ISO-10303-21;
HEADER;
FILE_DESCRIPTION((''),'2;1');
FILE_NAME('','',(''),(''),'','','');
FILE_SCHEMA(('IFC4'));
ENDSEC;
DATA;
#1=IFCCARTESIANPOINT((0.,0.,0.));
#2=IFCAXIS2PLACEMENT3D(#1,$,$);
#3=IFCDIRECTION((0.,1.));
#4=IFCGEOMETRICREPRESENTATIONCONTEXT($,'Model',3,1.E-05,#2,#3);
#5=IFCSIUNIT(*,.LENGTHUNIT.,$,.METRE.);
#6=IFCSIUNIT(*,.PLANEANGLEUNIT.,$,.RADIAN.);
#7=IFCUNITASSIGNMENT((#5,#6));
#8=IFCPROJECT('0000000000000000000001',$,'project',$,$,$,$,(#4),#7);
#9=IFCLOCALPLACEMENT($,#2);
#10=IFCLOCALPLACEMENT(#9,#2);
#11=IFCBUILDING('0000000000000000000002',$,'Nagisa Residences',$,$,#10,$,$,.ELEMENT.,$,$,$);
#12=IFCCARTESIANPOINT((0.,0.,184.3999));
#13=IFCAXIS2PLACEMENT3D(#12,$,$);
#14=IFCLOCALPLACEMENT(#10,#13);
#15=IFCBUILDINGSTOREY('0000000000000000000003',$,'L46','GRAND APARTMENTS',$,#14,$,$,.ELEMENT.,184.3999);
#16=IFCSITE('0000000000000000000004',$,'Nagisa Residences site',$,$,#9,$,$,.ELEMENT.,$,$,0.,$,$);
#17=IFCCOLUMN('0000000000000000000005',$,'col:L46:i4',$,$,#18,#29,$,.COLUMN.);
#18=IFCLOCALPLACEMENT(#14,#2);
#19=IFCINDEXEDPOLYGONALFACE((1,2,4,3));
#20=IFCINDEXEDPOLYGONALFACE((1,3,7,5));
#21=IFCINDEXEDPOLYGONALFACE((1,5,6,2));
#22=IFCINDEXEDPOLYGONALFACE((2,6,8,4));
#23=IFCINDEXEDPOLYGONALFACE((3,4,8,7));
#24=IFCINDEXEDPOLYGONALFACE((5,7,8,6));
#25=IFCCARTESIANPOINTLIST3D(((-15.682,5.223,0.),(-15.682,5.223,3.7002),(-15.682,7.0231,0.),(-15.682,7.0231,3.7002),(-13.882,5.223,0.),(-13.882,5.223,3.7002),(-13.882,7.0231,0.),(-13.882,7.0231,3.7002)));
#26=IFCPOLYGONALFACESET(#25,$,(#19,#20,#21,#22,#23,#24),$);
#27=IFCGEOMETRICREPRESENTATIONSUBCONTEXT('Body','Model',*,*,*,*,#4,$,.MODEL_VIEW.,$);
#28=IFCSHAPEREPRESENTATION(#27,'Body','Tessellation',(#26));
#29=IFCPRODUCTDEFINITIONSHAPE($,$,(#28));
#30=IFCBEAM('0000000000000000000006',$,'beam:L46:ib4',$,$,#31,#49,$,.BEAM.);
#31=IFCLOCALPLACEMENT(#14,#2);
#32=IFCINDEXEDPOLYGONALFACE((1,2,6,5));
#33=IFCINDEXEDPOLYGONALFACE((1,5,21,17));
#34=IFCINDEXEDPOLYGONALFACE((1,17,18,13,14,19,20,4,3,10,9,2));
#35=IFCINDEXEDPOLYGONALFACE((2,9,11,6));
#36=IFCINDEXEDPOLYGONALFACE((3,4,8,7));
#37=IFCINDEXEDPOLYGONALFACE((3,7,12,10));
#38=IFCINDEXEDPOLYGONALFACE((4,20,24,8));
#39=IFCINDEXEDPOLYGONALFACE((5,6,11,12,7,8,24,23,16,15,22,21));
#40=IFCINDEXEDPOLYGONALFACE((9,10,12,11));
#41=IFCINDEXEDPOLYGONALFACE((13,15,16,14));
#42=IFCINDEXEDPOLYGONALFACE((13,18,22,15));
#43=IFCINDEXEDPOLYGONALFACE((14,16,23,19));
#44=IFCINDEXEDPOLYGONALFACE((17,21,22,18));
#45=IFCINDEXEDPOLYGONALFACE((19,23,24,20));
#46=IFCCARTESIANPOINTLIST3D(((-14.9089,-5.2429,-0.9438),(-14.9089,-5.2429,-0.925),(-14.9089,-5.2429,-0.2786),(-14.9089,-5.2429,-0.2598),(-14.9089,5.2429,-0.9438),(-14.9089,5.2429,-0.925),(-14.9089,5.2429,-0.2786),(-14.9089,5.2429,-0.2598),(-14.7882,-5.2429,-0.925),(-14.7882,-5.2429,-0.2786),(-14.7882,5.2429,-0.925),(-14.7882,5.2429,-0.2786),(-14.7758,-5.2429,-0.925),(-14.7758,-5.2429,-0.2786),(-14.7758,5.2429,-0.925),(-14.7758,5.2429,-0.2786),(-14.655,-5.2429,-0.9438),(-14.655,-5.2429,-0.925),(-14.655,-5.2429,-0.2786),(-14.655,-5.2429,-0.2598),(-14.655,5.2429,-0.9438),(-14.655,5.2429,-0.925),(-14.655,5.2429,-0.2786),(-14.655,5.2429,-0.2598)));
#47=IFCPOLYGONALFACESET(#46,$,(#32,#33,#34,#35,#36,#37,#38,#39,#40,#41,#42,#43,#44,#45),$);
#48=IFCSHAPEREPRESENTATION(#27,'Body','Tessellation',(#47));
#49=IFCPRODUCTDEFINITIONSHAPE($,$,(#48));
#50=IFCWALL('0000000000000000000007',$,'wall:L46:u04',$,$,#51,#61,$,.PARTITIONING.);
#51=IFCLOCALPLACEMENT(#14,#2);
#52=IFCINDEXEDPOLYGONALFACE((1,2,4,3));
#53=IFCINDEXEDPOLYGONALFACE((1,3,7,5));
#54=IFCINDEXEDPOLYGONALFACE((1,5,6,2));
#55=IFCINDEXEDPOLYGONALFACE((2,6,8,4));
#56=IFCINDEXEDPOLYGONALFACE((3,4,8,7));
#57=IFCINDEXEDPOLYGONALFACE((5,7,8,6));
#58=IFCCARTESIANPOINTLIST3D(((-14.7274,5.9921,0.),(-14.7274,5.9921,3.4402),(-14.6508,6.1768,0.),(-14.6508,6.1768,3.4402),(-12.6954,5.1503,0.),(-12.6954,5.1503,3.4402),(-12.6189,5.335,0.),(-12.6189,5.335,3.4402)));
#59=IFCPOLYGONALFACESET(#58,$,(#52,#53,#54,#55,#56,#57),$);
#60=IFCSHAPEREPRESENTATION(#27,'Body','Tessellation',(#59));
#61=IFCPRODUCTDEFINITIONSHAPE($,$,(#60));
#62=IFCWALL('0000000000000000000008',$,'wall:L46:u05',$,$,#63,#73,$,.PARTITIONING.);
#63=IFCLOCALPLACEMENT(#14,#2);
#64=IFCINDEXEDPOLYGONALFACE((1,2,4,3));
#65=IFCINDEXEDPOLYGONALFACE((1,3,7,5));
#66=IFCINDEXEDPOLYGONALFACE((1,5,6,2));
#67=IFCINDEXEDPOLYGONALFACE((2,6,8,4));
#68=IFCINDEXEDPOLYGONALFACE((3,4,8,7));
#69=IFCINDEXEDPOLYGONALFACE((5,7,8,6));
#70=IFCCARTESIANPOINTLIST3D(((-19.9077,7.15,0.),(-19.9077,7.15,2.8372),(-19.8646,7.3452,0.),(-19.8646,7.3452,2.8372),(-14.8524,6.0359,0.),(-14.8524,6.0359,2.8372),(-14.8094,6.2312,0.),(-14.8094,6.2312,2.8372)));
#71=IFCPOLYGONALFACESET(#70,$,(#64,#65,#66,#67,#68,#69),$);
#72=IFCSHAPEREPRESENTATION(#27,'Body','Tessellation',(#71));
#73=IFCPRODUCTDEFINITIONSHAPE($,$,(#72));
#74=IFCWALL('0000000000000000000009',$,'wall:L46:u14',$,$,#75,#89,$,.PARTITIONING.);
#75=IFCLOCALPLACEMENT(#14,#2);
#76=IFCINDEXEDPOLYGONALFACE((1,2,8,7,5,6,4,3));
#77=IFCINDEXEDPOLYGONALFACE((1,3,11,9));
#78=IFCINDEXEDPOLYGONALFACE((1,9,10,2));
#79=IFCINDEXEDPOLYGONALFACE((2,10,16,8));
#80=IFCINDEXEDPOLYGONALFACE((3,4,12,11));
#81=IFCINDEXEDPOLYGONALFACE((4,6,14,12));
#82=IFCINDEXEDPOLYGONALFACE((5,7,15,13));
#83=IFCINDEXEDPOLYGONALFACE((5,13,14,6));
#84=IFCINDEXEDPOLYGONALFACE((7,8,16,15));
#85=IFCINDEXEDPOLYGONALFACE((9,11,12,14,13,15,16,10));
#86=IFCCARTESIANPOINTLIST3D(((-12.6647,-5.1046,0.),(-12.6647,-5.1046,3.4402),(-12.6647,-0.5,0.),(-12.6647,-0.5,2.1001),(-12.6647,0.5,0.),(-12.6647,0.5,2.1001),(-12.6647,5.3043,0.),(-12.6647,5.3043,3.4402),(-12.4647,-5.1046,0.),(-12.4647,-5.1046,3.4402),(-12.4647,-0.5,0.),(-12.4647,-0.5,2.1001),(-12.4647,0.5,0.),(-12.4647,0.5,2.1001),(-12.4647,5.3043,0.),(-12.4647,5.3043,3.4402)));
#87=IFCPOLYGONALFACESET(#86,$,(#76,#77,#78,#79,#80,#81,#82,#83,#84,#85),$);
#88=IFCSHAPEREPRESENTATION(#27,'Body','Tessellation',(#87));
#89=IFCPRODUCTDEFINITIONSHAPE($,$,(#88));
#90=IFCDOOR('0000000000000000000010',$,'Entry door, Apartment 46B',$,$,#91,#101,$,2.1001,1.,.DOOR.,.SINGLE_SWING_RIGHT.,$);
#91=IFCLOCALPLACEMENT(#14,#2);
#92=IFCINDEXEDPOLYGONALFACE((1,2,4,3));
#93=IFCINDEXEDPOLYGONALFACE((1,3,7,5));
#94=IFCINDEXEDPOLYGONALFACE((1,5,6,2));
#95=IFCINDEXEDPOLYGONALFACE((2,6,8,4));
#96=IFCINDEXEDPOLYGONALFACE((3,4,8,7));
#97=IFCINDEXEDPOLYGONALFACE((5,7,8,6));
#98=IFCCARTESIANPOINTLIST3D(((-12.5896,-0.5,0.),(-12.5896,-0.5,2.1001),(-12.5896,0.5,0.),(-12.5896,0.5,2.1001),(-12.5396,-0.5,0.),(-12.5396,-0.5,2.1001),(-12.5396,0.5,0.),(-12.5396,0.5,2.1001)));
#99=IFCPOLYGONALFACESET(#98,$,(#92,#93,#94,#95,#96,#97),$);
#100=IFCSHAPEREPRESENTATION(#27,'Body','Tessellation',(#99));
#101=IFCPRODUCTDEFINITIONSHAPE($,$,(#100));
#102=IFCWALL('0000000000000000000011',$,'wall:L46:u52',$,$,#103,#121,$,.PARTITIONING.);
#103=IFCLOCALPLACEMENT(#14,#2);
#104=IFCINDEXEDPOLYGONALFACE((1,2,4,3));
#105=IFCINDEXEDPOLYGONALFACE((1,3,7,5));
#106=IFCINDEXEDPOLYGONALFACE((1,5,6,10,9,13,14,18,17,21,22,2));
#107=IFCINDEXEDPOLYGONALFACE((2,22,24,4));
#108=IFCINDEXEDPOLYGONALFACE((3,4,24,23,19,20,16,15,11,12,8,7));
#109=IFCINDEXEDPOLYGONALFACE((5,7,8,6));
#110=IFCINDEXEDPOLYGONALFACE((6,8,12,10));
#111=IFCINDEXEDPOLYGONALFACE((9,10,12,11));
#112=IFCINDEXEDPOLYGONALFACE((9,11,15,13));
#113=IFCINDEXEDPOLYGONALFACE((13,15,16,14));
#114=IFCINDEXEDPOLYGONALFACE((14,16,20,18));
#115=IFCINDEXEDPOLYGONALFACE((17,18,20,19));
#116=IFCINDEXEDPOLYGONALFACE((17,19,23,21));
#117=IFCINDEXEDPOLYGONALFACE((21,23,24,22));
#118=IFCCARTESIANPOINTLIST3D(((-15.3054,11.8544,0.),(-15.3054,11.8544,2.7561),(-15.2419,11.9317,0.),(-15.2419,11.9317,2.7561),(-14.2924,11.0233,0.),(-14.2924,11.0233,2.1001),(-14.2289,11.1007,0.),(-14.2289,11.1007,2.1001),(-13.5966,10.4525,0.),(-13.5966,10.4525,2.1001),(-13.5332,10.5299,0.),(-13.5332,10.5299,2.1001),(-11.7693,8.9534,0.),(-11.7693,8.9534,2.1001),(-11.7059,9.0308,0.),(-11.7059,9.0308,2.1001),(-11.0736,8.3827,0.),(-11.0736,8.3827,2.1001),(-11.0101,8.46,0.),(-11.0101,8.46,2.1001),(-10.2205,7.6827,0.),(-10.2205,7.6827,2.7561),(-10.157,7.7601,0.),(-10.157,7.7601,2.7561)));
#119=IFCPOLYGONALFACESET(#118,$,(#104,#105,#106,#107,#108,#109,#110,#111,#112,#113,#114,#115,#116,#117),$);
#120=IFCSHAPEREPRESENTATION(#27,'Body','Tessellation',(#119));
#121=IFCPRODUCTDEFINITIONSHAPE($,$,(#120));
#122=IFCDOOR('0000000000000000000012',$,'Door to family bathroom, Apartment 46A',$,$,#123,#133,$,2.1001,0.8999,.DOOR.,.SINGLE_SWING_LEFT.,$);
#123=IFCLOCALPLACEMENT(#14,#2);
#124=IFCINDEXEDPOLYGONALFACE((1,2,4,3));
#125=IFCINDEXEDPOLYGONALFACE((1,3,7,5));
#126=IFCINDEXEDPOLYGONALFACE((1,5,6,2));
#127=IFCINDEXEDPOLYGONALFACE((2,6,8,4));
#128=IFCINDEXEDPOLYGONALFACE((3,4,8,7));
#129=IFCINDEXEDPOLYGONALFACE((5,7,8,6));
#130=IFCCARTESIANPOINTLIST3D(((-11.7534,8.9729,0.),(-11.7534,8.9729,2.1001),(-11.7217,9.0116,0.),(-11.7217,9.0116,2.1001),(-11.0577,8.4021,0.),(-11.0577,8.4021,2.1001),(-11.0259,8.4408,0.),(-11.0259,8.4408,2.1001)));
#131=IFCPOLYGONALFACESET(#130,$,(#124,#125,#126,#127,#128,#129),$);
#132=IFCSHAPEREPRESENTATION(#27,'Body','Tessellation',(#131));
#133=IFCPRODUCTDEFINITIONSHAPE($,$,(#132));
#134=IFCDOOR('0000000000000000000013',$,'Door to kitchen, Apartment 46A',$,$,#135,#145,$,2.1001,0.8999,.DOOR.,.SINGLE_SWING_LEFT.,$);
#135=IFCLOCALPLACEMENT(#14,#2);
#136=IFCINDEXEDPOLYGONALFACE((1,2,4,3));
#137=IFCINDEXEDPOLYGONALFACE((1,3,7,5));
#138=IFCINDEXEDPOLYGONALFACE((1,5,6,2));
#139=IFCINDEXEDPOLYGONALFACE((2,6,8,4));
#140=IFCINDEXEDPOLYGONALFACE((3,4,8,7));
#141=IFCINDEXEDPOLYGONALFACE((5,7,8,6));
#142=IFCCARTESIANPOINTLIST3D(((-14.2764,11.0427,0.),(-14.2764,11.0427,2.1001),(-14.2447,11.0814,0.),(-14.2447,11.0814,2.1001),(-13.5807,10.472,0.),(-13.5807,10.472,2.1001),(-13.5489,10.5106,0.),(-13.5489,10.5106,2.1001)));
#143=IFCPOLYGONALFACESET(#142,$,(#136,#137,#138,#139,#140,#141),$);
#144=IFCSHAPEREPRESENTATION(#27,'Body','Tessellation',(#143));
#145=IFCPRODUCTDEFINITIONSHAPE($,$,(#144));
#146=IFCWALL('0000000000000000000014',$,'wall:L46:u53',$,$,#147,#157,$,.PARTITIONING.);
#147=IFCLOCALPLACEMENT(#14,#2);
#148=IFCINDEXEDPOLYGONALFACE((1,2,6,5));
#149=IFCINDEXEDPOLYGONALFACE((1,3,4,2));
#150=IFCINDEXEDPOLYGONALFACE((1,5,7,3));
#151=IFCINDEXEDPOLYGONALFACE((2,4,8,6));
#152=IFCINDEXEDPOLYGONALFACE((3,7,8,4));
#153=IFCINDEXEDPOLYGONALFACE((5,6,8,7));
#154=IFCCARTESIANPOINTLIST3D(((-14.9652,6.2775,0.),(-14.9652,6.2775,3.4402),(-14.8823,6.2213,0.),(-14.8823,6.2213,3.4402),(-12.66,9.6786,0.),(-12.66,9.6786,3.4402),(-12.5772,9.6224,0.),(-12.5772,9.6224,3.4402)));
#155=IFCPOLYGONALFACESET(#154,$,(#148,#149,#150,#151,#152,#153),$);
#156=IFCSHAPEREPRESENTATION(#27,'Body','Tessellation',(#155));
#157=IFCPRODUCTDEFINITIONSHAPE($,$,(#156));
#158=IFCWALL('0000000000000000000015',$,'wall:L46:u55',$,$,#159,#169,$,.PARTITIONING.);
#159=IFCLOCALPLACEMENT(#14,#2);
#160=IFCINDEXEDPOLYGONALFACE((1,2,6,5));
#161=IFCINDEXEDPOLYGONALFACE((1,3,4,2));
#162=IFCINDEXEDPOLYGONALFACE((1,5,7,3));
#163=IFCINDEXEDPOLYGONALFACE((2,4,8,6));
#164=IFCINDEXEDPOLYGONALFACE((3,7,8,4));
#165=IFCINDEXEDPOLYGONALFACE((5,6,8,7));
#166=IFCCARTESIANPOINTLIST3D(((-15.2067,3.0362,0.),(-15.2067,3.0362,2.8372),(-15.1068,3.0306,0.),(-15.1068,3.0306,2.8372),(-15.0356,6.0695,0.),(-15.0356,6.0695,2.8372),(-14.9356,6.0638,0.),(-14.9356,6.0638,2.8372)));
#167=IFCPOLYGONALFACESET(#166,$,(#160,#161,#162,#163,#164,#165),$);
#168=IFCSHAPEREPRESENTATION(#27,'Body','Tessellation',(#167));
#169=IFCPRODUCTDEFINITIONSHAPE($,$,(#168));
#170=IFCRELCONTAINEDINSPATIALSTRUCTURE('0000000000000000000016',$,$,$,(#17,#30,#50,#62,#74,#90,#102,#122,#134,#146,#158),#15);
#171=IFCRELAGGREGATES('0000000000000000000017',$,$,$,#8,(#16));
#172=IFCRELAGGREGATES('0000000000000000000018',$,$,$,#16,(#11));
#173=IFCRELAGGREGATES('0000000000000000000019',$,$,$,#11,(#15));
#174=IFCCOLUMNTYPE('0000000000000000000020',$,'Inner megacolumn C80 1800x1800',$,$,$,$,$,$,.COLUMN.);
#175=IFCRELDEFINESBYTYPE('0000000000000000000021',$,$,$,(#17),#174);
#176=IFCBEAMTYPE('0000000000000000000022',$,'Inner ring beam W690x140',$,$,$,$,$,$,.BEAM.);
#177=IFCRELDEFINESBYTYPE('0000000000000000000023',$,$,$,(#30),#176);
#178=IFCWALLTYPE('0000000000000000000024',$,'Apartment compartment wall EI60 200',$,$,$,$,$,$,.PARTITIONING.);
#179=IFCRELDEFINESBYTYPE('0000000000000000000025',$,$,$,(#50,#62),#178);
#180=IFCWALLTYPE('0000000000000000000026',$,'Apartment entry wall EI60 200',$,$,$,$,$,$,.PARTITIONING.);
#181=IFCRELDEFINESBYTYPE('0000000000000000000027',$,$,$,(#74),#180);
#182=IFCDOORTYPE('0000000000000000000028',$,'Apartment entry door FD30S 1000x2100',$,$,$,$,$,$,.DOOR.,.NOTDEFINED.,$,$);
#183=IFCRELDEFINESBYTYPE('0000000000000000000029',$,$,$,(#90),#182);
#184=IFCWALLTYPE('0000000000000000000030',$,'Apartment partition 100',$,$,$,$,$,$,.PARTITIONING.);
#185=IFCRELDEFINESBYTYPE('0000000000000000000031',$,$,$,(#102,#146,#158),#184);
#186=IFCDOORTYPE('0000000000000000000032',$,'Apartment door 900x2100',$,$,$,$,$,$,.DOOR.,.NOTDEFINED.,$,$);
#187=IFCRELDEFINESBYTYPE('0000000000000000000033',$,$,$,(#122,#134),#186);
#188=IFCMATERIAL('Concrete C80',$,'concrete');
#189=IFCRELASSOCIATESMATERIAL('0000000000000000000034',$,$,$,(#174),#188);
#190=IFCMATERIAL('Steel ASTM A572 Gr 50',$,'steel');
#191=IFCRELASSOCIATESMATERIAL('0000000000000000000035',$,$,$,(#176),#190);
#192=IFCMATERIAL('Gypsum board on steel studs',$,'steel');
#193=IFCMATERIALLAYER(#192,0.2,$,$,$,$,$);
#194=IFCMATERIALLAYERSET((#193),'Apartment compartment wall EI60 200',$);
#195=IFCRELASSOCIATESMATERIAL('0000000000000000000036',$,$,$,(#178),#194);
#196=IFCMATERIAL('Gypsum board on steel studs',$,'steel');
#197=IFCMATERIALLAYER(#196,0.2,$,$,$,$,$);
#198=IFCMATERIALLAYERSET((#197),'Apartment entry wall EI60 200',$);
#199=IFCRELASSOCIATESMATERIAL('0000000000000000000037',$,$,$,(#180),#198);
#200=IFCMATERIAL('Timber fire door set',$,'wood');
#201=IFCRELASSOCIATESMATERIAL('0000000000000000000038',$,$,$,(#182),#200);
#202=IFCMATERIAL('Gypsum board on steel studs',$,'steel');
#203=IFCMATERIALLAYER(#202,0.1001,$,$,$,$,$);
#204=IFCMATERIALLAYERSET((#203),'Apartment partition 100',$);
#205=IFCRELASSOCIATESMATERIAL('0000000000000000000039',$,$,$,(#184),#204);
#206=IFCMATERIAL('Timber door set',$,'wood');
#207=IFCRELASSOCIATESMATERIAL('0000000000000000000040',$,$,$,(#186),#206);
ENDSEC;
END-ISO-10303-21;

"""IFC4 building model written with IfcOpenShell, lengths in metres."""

from ifc_helpers import new_model, si_unit, direction, frame, frame_2d, origin, origin_2d, place, context, subcontext, project, spatial, rectangle, i_section, extrude, material, layer, layer_set, material_profile, profile_set, type_object, element, fill, save


model = new_model("IFC4")

# Units and contexts
model_context = context("Model", 3, precision=1e-05, world=origin(), true_north=direction((0.0, 1.0)))
body_context = subcontext(model_context, "Body", "Model", "MODEL_VIEW")
ifc_project = project(units=[si_unit("LENGTHUNIT", "METRE"), si_unit("PLANEANGLEUNIT", "RADIAN")], contexts=[model_context])

# Site, building, storey
site_placement = place(None, origin())
site = spatial("IfcSite", under=ifc_project, at=site_placement, Name="Nagisa Residences site", CompositionType="ELEMENT", RefElevation=0.0)
building_placement = place(site_placement, origin())
building = spatial("IfcBuilding", under=site, at=building_placement, Name="Nagisa Residences", CompositionType="ELEMENT")
storey_placement = place(building_placement, frame((0.0, 0.0, 184.3999)))
storey = spatial("IfcBuildingStorey", under=building, at=storey_placement, Name="L46", Description="GRAND APARTMENTS", CompositionType="ELEMENT", Elevation=184.3999)

# Column
ifc_material_1 = material(Name="Concrete C80", Category="concrete")
ifc_material_profile_1 = material_profile(ifc_material_1, rectangle(XDim=1.8, YDim=1.8, at=origin_2d()), Name="C80 1800x1800")
ifc_profile_set_1 = profile_set([ifc_material_profile_1], Name="Concrete C80")
column_type = type_object("IfcColumnType", Name="Inner megacolumn C80 1800x1800", PredefinedType="COLUMN", material=ifc_profile_set_1)
column_placement = place(storey_placement, frame((-14.782, 6.123, 0.0), z_axis=(0.0, 0.0, 1.0), x_axis=(1.0, 0.0, 0.0)))
element("IfcColumn", 1, at=column_placement, inside=storey, type_object=column_type, Name="col:L46:i4", PredefinedType="COLUMN", context=body_context, shape_type="SweptSolid", body=[
    extrude(rectangle(XDim=1.8, YDim=1.8, at=origin_2d()), origin(), (0.0, 0.0, 1.0), 3.7002),
])

# Beam
ifc_material_2 = material(Name="Steel ASTM A572 Gr 50", Category="steel")
ifc_material_profile_2 = material_profile(ifc_material_2, i_section(OverallWidth=0.2539, OverallDepth=0.6841, WebThickness=0.0125, FlangeThickness=0.0188, at=origin_2d()), Name="W690x140")
ifc_profile_set_2 = profile_set([ifc_material_profile_2], Name="Steel ASTM A572 Gr 50")
beam_type = type_object("IfcBeamType", Name="Inner ring beam W690x140", PredefinedType="BEAM", material=ifc_profile_set_2)
beam_placement = place(storey_placement, frame((-14.782, 5.2429, -0.6018), z_axis=(0.0, -1.0, 0.0), x_axis=(1.0, 0.0, 0.0)))
element("IfcBeam", 2, at=beam_placement, inside=storey, type_object=beam_type, Name="beam:L46:ib4", PredefinedType="BEAM", context=body_context, shape_type="SweptSolid", body=[
    extrude(i_section(OverallWidth=0.2539, OverallDepth=0.6841, WebThickness=0.0125, FlangeThickness=0.0188, at=origin_2d()), origin(), (0.0, 0.0, 1.0), 10.4858),
])

# Walls
ifc_material_3 = material(Name="Gypsum board on steel studs", Category="steel")
ifc_layer_1 = layer(ifc_material_3, 0.2)
ifc_layer_set_1 = layer_set([ifc_layer_1], Name="Apartment compartment wall EI60 200")
wall_type_1 = type_object("IfcWallType", Name="Apartment compartment wall EI60 200", PredefinedType="PARTITIONING", material=ifc_layer_set_1)
wall_1_placement = place(storey_placement, frame((-12.6572, 5.2427, 0.0), z_axis=(0.0, 0.0, 1.0), x_axis=(-0.92386, 0.382731, 0.0)))
element("IfcWall", 3, at=wall_1_placement, inside=storey, type_object=wall_type_1, Name="wall:L46:u04", PredefinedType="PARTITIONING", context=body_context, shape_type="SweptSolid", body=[
    extrude(rectangle(XDim=2.1995, YDim=0.2, at=frame_2d((1.0996, 0.0))), origin(), (0.0, 0.0, 1.0), 3.4402),
])
wall_2_placement = place(storey_placement, frame((-14.8308, 6.1335, 0.0), z_axis=(0.0, 0.0, 1.0), x_axis=(-0.976568, 0.215207, 0.0)))
element("IfcWall", 4, at=wall_2_placement, inside=storey, type_object=wall_type_1, Name="wall:L46:u05", PredefinedType="PARTITIONING", context=body_context, shape_type="SweptSolid", body=[
    extrude(rectangle(XDim=5.1765, YDim=0.2, at=frame_2d((2.5884, 0.0))), origin(), (0.0, 0.0, 1.0), 2.8372),
])

# Wall, opening, door
ifc_material_4 = material(Name="Gypsum board on steel studs", Category="steel")
ifc_layer_2 = layer(ifc_material_4, 0.2)
ifc_layer_set_2 = layer_set([ifc_layer_2], Name="Apartment entry wall EI60 200")
wall_type_2 = type_object("IfcWallType", Name="Apartment entry wall EI60 200", PredefinedType="PARTITIONING", material=ifc_layer_set_2)
wall_3_placement = place(storey_placement, frame((-12.5647, 5.3044, 0.0), z_axis=(0.0, 0.0, 1.0), x_axis=(0.0, -1.0, 0.0)))
wall_3 = element("IfcWall", 5, at=wall_3_placement, inside=storey, type_object=wall_type_2, Name="wall:L46:u14", PredefinedType="PARTITIONING", context=body_context, shape_type="SweptSolid", body=[
    extrude(rectangle(XDim=10.4089, YDim=0.2, at=frame_2d((5.2046, 0.0))), origin(), (0.0, 0.0, 1.0), 3.4402),
])
opening_1_placement = place(wall_3_placement, frame((4.8044, 0.0, 0.0)))
opening_1 = element("IfcOpeningElement", 6, at=opening_1_placement, cuts=wall_3, PredefinedType="OPENING", context=body_context, shape_type="SweptSolid", body=[
    extrude(rectangle(XDim=1.0, YDim=2.1001, at=frame_2d((0.5, 1.05))), frame((0.0, 0.1099, 0.0), z_axis=(0.0, -1.0, 0.0), x_axis=(1.0, 0.0, 0.0)), (0.0, 0.0, 1.0), 0.22),
])
ifc_material_5 = material(Name="Timber fire door set", Category="wood")
door_type_1 = type_object("IfcDoorType", Name="Apartment entry door FD30S 1000x2100", OperationType="NOTDEFINED", PredefinedType="DOOR", material=ifc_material_5)
door_1_placement = place(opening_1_placement, frame((1.0, 0.0, 0.0), x_axis=(-1.0, 0.0, 0.0)))
door_1 = element("IfcDoor", 7, at=door_1_placement, inside=storey, type_object=door_type_1, Name="Entry door, Apartment 46B", OperationType="SINGLE_SWING_RIGHT", OverallHeight=2.1001, OverallWidth=1.0, PredefinedType="DOOR", context=body_context, shape_type="SweptSolid", body=[
    extrude(rectangle(XDim=1.0, YDim=2.1001, at=frame_2d((0.5, 1.05))), frame((0.0, 0.0249, 0.0), z_axis=(0.0, -1.0, 0.0), x_axis=(1.0, 0.0, 0.0)), (0.0, 0.0, 1.0), 0.05),
])
fill(opening_1, door_1)

# Wall, openings, doors
ifc_material_6 = material(Name="Gypsum board on steel studs", Category="steel")
ifc_layer_3 = layer(ifc_material_6, 0.1001)
ifc_layer_set_3 = layer_set([ifc_layer_3], Name="Apartment partition 100")
wall_type_3 = type_object("IfcWallType", Name="Apartment partition 100", PredefinedType="PARTITIONING", material=ifc_layer_set_3)
wall_4_placement = place(storey_placement, frame((-10.1887, 7.7214, 0.0), z_axis=(0.0, 0.0, 1.0), x_axis=(-0.773121, 0.634258, 0.0)))
wall_4 = element("IfcWall", 8, at=wall_4_placement, inside=storey, type_object=wall_type_3, Name="wall:L46:u52", PredefinedType="PARTITIONING", context=body_context, shape_type="SweptSolid", body=[
    extrude(rectangle(XDim=6.5771, YDim=0.1001, at=frame_2d((3.2886, 0.0))), origin(), (0.0, 0.0, 1.0), 2.7561),
])
opening_2_placement = place(wall_4_placement, frame((1.1035, 0.0, 0.0)))
opening_2 = element("IfcOpeningElement", 9, at=opening_2_placement, cuts=wall_4, PredefinedType="OPENING", context=body_context, shape_type="SweptSolid", body=[
    extrude(rectangle(XDim=0.8999, YDim=2.1001, at=frame_2d((0.45, 1.05))), frame((0.0, 0.0601, 0.0), z_axis=(0.0, -1.0, 0.0), x_axis=(1.0, 0.0, 0.0)), (0.0, 0.0, 1.0), 0.1201),
])
opening_3_placement = place(wall_4_placement, frame((4.3669, 0.0, 0.0)))
opening_3 = element("IfcOpeningElement", 10, at=opening_3_placement, cuts=wall_4, PredefinedType="OPENING", context=body_context, shape_type="SweptSolid", body=[
    extrude(rectangle(XDim=0.8999, YDim=2.1001, at=frame_2d((0.45, 1.05))), frame((0.0, 0.0601, 0.0), z_axis=(0.0, -1.0, 0.0), x_axis=(1.0, 0.0, 0.0)), (0.0, 0.0, 1.0), 0.1201),
])
ifc_material_7 = material(Name="Timber door set", Category="wood")
door_type_2 = type_object("IfcDoorType", Name="Apartment door 900x2100", OperationType="NOTDEFINED", PredefinedType="DOOR", material=ifc_material_7)
door_2_placement = place(opening_2_placement, origin())
door_2 = element("IfcDoor", 11, at=door_2_placement, inside=storey, type_object=door_type_2, Name="Door to family bathroom, Apartment 46A", OperationType="SINGLE_SWING_LEFT", OverallHeight=2.1001, OverallWidth=0.8999, PredefinedType="DOOR", context=body_context, shape_type="SweptSolid", body=[
    extrude(rectangle(XDim=0.8999, YDim=2.1001, at=frame_2d((0.45, 1.05))), frame((0.0, 0.0249, 0.0), z_axis=(0.0, -1.0, 0.0), x_axis=(1.0, 0.0, 0.0)), (0.0, 0.0, 1.0), 0.05),
])
fill(opening_2, door_2)
door_3_placement = place(opening_3_placement, origin())
door_3 = element("IfcDoor", 12, at=door_3_placement, inside=storey, type_object=door_type_2, Name="Door to kitchen, Apartment 46A", OperationType="SINGLE_SWING_LEFT", OverallHeight=2.1001, OverallWidth=0.8999, PredefinedType="DOOR", context=body_context, shape_type="SweptSolid", body=[
    extrude(rectangle(XDim=0.8999, YDim=2.1001, at=frame_2d((0.45, 1.05))), frame((0.0, 0.0249, 0.0), z_axis=(0.0, -1.0, 0.0), x_axis=(1.0, 0.0, 0.0)), (0.0, 0.0, 1.0), 0.05),
])
fill(opening_3, door_3)

# Walls
wall_5_placement = place(storey_placement, frame((-12.6187, 9.6504, 0.0), z_axis=(0.0, 0.0, 1.0), x_axis=(-0.561047, -0.827784, 0.0)))
element("IfcWall", 13, at=wall_5_placement, inside=storey, type_object=wall_type_3, Name="wall:L46:u53", PredefinedType="PARTITIONING", context=body_context, shape_type="SweptSolid", body=[
    extrude(rectangle(XDim=4.1086, YDim=0.1001, at=frame_2d((2.0542, 0.0))), origin(), (0.0, 0.0, 1.0), 3.4402),
])
wall_6_placement = place(storey_placement, frame((-14.9856, 6.0667, 0.0), z_axis=(0.0, 0.0, 1.0), x_axis=(-0.056333, -0.998412, 0.0)))
element("IfcWall", 14, at=wall_6_placement, inside=storey, type_object=wall_type_3, Name="wall:L46:u55", PredefinedType="PARTITIONING", context=body_context, shape_type="SweptSolid", body=[
    extrude(rectangle(XDim=3.0381, YDim=0.1001, at=frame_2d((1.519, 0.0))), origin(), (0.0, 0.0, 1.0), 2.8372),
])

save(model, "model.ifc")
